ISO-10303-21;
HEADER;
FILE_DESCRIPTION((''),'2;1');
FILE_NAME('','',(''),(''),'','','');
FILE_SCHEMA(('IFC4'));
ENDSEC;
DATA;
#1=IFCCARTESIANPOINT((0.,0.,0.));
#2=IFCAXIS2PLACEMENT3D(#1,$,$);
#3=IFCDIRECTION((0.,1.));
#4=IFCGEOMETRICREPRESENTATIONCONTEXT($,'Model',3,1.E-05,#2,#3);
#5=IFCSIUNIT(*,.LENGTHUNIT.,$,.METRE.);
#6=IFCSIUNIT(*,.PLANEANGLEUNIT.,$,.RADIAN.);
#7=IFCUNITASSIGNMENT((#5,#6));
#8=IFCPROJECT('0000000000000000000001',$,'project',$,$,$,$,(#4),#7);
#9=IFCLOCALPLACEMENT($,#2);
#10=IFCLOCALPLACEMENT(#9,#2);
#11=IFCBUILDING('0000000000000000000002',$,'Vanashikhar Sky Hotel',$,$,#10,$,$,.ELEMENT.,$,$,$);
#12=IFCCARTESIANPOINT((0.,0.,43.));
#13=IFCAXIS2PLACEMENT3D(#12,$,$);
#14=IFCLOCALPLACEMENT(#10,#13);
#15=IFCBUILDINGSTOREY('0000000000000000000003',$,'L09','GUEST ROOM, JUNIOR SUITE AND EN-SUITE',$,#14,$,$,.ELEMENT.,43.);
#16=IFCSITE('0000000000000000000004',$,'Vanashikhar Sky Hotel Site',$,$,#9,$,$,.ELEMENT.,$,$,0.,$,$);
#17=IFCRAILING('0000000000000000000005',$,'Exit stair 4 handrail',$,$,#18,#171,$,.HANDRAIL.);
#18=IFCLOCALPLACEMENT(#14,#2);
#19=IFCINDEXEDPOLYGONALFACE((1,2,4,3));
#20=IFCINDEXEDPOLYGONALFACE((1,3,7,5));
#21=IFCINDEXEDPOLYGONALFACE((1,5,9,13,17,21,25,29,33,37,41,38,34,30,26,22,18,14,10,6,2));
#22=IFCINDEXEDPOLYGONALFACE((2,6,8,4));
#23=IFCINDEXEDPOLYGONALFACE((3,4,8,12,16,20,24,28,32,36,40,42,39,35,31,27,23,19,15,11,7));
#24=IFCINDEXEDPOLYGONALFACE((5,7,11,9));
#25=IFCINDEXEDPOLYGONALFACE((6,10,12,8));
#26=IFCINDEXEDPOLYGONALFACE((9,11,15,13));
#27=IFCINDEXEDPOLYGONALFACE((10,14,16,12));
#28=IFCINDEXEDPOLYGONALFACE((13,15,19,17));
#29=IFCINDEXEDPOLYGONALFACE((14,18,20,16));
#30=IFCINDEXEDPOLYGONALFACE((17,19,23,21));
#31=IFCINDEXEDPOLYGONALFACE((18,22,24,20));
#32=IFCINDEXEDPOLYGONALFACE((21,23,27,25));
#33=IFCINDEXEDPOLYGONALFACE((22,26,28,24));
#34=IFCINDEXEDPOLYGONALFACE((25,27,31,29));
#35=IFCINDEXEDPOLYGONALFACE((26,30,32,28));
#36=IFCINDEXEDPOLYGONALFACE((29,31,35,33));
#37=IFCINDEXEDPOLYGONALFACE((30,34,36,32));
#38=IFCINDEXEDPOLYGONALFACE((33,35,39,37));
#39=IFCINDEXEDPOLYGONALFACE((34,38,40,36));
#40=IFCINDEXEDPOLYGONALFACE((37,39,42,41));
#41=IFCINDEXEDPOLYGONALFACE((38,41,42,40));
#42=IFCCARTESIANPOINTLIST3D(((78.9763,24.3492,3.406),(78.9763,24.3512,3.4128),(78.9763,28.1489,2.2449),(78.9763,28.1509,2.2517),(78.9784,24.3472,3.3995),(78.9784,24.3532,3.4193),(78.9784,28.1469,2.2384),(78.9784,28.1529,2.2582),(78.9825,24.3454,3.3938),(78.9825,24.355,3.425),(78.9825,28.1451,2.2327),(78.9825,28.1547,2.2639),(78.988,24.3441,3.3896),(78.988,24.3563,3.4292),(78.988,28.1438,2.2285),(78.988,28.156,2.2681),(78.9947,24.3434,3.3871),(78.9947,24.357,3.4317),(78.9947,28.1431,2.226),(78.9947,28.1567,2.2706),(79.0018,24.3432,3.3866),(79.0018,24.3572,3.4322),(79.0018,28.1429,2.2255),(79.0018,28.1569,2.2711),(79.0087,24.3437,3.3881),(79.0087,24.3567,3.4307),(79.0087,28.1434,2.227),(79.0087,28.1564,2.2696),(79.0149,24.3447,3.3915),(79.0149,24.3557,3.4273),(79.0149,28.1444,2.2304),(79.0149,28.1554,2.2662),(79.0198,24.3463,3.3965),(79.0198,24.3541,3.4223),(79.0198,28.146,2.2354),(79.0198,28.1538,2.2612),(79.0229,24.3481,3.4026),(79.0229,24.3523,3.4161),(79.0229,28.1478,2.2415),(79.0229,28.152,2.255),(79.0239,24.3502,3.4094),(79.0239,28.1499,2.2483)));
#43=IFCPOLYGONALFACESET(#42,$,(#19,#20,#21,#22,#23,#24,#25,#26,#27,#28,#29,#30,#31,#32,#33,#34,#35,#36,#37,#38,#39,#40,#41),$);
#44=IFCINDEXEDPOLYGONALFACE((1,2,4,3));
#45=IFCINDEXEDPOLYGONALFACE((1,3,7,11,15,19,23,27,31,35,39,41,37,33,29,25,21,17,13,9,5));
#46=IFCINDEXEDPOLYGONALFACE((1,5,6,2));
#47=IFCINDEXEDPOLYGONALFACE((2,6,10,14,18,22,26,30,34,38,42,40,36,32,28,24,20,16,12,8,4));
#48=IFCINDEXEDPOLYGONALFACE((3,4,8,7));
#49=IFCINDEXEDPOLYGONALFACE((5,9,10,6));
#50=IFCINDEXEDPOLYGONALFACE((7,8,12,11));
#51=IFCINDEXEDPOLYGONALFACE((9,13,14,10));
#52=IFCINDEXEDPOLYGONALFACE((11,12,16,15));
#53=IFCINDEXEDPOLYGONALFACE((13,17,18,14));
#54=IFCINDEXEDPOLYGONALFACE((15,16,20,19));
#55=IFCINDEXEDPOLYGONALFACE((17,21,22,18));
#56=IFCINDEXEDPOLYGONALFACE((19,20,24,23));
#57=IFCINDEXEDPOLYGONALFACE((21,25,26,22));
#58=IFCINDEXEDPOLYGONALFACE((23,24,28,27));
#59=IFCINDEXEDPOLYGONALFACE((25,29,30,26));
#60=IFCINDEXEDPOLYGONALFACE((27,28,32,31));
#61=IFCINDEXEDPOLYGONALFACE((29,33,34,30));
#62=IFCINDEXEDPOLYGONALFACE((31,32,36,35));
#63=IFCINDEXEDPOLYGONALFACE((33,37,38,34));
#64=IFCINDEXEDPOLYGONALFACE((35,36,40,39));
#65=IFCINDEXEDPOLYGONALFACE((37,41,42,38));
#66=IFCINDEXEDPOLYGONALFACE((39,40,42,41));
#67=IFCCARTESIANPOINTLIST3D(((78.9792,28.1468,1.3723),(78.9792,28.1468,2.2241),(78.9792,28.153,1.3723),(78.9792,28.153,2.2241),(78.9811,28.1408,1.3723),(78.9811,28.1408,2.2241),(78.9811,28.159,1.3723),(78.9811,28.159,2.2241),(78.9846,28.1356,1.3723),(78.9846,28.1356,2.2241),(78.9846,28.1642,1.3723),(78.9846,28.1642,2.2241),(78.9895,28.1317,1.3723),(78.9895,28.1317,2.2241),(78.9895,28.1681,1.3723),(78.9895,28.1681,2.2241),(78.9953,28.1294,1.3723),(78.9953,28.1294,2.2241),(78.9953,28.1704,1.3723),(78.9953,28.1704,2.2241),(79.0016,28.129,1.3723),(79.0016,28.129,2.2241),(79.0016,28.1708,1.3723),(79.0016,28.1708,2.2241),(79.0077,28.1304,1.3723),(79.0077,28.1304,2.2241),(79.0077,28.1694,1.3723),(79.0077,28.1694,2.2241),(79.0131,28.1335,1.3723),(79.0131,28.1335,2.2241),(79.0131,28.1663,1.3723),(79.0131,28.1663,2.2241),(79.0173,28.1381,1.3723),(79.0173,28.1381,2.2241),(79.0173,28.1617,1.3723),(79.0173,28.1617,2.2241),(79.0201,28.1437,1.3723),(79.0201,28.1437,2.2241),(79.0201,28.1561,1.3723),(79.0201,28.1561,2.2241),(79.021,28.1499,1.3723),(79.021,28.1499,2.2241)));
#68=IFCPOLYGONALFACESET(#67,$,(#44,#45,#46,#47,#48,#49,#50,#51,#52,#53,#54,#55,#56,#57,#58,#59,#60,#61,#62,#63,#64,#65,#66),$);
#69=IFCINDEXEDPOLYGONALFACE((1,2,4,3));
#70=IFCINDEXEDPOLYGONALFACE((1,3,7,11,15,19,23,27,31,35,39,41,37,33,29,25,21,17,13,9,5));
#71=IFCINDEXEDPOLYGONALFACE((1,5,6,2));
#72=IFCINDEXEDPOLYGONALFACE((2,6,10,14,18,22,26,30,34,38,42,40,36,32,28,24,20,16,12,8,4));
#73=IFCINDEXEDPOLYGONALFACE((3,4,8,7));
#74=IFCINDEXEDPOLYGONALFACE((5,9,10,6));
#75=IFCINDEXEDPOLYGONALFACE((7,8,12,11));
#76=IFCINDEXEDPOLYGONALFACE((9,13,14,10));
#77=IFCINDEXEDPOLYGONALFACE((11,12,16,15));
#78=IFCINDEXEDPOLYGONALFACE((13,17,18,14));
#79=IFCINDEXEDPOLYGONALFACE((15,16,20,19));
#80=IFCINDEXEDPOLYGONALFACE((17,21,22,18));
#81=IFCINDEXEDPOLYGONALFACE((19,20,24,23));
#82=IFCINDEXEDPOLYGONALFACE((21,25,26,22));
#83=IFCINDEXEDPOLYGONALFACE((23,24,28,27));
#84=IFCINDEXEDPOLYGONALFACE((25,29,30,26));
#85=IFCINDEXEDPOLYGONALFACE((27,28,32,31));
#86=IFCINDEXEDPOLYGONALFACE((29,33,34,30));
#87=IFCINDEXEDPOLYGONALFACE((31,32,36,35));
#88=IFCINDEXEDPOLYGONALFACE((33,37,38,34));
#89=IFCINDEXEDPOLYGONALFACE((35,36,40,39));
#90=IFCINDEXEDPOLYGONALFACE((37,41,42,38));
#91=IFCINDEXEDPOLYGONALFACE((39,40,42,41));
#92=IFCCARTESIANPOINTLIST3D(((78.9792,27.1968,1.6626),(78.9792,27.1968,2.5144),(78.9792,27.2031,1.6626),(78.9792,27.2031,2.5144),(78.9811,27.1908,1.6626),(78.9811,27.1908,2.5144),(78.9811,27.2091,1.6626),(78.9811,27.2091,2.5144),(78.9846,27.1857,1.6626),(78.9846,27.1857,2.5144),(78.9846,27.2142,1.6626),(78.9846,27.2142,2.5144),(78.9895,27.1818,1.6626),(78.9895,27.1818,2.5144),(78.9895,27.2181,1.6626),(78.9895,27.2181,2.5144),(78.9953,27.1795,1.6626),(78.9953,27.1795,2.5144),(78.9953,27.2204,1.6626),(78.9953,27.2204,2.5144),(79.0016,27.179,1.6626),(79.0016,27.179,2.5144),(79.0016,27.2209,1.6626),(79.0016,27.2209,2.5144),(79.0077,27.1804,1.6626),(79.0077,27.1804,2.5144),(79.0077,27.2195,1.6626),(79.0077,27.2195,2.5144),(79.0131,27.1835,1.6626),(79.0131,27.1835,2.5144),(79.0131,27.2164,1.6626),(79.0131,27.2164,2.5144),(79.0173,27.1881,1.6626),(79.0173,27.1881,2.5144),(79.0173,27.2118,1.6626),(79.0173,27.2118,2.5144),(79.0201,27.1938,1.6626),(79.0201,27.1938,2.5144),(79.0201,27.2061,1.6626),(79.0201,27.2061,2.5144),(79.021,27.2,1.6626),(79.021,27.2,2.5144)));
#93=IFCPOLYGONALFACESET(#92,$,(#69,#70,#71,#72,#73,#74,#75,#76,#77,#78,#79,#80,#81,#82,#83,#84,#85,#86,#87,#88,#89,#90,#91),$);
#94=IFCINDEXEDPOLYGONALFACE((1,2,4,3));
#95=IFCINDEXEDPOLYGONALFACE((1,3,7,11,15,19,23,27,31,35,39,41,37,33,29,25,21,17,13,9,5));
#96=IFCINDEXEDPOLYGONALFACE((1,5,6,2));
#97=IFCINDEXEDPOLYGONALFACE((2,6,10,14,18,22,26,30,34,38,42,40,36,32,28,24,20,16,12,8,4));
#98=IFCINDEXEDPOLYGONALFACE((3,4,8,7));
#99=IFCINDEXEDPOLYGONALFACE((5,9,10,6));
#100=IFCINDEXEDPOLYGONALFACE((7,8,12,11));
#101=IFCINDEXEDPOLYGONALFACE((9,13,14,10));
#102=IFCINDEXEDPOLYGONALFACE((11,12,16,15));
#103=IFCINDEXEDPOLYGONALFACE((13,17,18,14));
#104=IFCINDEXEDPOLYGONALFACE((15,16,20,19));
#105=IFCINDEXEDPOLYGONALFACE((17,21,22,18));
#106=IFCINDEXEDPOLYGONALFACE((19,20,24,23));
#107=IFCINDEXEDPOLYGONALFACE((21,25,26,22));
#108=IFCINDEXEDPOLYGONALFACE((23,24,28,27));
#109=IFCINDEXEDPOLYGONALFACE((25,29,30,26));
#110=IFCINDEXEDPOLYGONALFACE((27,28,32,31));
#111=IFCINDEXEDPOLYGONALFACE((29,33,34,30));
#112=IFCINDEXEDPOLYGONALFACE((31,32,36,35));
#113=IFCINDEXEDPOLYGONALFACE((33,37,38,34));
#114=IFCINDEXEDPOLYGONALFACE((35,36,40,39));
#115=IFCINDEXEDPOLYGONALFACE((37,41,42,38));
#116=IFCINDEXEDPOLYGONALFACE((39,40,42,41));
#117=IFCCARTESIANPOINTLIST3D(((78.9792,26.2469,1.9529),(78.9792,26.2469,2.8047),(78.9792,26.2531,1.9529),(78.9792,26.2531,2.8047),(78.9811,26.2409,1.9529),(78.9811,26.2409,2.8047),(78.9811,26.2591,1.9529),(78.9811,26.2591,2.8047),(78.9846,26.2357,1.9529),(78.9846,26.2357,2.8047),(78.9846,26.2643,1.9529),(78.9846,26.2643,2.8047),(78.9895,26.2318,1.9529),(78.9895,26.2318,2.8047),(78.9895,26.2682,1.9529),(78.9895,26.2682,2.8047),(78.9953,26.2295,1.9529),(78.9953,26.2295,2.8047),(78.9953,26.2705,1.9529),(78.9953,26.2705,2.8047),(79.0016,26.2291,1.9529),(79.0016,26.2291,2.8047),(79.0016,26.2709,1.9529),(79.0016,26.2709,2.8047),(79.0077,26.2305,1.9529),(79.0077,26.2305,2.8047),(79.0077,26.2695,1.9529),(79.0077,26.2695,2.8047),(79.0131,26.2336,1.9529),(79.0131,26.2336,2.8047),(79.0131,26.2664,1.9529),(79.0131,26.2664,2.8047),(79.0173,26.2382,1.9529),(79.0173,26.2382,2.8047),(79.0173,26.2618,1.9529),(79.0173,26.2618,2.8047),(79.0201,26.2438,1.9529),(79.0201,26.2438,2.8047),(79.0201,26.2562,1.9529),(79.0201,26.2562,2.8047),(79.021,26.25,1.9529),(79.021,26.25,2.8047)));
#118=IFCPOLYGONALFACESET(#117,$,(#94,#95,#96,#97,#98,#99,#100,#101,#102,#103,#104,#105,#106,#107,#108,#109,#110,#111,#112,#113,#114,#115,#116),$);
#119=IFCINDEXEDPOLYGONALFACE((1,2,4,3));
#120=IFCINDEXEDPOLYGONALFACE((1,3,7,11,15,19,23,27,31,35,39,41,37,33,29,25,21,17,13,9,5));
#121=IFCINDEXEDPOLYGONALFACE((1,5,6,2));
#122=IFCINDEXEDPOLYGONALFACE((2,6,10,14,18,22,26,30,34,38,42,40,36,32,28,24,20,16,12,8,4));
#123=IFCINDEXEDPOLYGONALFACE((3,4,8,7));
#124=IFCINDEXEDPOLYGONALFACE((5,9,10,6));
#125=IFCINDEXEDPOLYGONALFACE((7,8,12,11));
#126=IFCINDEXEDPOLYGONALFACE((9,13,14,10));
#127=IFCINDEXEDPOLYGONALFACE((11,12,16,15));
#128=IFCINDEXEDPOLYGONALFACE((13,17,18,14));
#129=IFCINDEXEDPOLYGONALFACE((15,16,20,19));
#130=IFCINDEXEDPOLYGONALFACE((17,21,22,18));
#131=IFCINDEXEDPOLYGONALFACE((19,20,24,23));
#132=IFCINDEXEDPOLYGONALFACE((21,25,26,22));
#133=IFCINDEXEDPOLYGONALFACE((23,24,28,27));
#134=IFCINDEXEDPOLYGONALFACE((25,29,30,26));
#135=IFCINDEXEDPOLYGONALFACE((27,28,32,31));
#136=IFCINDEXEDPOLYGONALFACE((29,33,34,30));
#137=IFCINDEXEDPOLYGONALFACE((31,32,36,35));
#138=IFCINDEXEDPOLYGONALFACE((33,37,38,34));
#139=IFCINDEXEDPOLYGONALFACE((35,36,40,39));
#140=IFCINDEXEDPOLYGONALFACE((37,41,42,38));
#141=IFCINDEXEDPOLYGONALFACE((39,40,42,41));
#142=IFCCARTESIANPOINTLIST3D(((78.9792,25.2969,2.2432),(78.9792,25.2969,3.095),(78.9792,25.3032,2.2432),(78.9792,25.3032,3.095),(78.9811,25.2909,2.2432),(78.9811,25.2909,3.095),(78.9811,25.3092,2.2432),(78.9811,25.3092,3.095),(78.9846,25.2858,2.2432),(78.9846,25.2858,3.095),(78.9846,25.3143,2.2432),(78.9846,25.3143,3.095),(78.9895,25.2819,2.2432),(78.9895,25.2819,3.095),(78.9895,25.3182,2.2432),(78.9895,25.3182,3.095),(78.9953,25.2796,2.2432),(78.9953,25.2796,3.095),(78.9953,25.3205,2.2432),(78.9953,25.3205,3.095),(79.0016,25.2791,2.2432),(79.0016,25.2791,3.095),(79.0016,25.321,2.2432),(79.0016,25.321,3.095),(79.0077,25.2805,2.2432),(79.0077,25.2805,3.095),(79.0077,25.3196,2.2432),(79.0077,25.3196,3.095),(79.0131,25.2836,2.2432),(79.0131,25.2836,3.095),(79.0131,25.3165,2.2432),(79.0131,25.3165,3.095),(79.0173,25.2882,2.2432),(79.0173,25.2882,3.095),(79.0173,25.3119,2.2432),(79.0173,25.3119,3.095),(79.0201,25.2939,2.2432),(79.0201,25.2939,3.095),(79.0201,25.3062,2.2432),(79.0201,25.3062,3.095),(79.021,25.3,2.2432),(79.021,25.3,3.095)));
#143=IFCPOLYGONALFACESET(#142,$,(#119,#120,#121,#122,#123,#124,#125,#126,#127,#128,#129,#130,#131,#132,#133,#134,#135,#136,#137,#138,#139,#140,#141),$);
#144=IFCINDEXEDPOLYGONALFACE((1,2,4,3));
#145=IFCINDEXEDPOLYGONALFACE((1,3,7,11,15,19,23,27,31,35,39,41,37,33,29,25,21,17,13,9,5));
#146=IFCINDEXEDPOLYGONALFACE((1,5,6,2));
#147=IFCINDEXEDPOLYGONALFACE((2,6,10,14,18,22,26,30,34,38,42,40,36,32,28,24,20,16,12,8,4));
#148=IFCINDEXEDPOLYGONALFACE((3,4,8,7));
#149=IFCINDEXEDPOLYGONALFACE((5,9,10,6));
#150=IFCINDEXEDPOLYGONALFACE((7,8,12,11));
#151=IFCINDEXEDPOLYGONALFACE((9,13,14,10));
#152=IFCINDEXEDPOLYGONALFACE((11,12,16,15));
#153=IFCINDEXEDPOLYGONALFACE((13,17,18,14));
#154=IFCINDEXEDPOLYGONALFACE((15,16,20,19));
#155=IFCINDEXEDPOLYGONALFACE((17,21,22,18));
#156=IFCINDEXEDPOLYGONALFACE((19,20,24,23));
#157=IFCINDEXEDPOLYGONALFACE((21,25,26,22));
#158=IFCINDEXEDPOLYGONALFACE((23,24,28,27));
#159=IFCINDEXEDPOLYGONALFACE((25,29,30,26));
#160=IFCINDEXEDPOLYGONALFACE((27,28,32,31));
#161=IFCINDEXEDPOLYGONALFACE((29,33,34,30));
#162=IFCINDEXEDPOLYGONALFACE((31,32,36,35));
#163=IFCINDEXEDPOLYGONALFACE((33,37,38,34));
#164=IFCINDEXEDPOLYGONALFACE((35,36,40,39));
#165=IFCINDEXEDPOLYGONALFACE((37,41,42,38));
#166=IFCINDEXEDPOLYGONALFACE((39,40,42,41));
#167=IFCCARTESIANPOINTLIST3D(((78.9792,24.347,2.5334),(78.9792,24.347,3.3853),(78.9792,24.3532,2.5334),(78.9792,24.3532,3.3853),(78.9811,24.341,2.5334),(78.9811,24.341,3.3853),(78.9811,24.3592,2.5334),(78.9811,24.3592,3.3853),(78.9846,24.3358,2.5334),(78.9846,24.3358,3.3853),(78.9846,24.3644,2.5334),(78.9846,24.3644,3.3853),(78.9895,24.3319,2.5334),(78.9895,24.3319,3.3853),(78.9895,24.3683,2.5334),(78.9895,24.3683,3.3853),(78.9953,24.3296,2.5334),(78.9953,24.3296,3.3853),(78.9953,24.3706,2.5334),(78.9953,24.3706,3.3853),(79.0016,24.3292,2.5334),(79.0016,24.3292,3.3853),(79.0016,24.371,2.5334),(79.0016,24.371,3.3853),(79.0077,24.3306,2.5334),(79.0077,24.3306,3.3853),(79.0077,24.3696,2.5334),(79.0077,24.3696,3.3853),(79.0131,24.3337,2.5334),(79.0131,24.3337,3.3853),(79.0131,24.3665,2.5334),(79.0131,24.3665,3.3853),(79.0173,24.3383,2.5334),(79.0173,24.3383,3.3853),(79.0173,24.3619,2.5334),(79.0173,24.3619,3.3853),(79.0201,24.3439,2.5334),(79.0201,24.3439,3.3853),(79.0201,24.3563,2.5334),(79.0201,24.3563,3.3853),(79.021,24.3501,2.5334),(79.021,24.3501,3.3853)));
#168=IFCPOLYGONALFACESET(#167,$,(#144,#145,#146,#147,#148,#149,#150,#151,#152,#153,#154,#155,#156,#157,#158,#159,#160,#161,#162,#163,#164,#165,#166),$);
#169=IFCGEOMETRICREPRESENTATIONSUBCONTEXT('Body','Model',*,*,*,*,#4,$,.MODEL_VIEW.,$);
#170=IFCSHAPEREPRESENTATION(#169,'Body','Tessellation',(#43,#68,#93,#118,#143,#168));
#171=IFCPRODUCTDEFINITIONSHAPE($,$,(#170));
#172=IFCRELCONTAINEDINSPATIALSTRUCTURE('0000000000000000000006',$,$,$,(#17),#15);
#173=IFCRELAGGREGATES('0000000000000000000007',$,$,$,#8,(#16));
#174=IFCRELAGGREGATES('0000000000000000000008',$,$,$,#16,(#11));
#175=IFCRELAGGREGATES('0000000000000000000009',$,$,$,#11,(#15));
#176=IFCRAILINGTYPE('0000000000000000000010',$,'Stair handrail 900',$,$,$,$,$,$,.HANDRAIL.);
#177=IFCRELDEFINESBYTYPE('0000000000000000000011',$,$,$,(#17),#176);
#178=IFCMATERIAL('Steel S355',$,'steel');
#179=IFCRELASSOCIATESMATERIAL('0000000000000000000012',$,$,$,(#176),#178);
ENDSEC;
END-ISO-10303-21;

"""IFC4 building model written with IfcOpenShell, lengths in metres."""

from ifc_helpers import new_model, si_unit, direction, frame, origin, origin_2d, place, context, subcontext, project, spatial, circle, extrude, source, transform, mapped, material, type_object, element, save


model = new_model("IFC4")

# Units and contexts
model_context = context("Model", 3, precision=1e-05, world=origin(), true_north=direction((0.0, 1.0)))
body_context = subcontext(model_context, "Body", "Model", "MODEL_VIEW")
ifc_project = project(units=[si_unit("LENGTHUNIT", "METRE"), si_unit("PLANEANGLEUNIT", "RADIAN")], contexts=[model_context])

# Site, building, storey
site_placement = place(None, origin())
site = spatial("IfcSite", under=ifc_project, at=site_placement, Name="Vanashikhar Sky Hotel Site", CompositionType="ELEMENT", RefElevation=0.0)
building_placement = place(site_placement, origin())
building = spatial("IfcBuilding", under=site, at=building_placement, Name="Vanashikhar Sky Hotel", CompositionType="ELEMENT")
storey_placement = place(building_placement, frame((0.0, 0.0, 43.0)))
storey = spatial("IfcBuildingStorey", under=building, at=storey_placement, Name="L09", Description="GUEST ROOM, JUNIOR SUITE AND EN-SUITE", CompositionType="ELEMENT", Elevation=43.0)

# Railing
ifc_material_1 = material(Name="Steel S355", Category="steel")
railing_type_1 = type_object("IfcRailingType", Name="Stair handrail 900", PredefinedType="HANDRAIL", material=ifc_material_1)
shared_shape_1 = source(origin(), body_context, "Body", "SweptSolid", [
    extrude(circle(Radius=0.0239, at=origin_2d()), frame((0.0, 0.0, 0.876), z_axis=(0.0, -0.956346, 0.292237), x_axis=(1.0, 0.0, 0.0)), (0.0, 0.0, 1.0), 3.9731),
    extrude(circle(Radius=0.021, at=origin_2d()), origin(), (0.0, 0.0, 1.0), 0.8518),
    extrude(circle(Radius=0.021, at=origin_2d()), frame((0.0, -0.95, 0.2903)), (0.0, 0.0, 1.0), 0.8518),
    extrude(circle(Radius=0.021, at=origin_2d()), frame((0.0, -1.8999, 0.5806)), (0.0, 0.0, 1.0), 0.8518),
    extrude(circle(Radius=0.021, at=origin_2d()), frame((0.0, -2.8499, 0.8708)), (0.0, 0.0, 1.0), 0.8518),
    extrude(circle(Radius=0.021, at=origin_2d()), frame((0.0, -3.7998, 1.1611)), (0.0, 0.0, 1.0), 0.8518),
])
railing_1_placement = place(storey_placement, frame((79.0, 28.1499, 1.3723)))
element("IfcRailing", 1, at=railing_1_placement, inside=storey, type_object=railing_type_1, Name="Exit stair 4 handrail", PredefinedType="HANDRAIL", context=body_context, shape_type="MappedRepresentation", body=[
    mapped(shared_shape_1, transform((0.0, 0.0, 0.0), scale=1.0)),
])

save(model, "model.ifc")
